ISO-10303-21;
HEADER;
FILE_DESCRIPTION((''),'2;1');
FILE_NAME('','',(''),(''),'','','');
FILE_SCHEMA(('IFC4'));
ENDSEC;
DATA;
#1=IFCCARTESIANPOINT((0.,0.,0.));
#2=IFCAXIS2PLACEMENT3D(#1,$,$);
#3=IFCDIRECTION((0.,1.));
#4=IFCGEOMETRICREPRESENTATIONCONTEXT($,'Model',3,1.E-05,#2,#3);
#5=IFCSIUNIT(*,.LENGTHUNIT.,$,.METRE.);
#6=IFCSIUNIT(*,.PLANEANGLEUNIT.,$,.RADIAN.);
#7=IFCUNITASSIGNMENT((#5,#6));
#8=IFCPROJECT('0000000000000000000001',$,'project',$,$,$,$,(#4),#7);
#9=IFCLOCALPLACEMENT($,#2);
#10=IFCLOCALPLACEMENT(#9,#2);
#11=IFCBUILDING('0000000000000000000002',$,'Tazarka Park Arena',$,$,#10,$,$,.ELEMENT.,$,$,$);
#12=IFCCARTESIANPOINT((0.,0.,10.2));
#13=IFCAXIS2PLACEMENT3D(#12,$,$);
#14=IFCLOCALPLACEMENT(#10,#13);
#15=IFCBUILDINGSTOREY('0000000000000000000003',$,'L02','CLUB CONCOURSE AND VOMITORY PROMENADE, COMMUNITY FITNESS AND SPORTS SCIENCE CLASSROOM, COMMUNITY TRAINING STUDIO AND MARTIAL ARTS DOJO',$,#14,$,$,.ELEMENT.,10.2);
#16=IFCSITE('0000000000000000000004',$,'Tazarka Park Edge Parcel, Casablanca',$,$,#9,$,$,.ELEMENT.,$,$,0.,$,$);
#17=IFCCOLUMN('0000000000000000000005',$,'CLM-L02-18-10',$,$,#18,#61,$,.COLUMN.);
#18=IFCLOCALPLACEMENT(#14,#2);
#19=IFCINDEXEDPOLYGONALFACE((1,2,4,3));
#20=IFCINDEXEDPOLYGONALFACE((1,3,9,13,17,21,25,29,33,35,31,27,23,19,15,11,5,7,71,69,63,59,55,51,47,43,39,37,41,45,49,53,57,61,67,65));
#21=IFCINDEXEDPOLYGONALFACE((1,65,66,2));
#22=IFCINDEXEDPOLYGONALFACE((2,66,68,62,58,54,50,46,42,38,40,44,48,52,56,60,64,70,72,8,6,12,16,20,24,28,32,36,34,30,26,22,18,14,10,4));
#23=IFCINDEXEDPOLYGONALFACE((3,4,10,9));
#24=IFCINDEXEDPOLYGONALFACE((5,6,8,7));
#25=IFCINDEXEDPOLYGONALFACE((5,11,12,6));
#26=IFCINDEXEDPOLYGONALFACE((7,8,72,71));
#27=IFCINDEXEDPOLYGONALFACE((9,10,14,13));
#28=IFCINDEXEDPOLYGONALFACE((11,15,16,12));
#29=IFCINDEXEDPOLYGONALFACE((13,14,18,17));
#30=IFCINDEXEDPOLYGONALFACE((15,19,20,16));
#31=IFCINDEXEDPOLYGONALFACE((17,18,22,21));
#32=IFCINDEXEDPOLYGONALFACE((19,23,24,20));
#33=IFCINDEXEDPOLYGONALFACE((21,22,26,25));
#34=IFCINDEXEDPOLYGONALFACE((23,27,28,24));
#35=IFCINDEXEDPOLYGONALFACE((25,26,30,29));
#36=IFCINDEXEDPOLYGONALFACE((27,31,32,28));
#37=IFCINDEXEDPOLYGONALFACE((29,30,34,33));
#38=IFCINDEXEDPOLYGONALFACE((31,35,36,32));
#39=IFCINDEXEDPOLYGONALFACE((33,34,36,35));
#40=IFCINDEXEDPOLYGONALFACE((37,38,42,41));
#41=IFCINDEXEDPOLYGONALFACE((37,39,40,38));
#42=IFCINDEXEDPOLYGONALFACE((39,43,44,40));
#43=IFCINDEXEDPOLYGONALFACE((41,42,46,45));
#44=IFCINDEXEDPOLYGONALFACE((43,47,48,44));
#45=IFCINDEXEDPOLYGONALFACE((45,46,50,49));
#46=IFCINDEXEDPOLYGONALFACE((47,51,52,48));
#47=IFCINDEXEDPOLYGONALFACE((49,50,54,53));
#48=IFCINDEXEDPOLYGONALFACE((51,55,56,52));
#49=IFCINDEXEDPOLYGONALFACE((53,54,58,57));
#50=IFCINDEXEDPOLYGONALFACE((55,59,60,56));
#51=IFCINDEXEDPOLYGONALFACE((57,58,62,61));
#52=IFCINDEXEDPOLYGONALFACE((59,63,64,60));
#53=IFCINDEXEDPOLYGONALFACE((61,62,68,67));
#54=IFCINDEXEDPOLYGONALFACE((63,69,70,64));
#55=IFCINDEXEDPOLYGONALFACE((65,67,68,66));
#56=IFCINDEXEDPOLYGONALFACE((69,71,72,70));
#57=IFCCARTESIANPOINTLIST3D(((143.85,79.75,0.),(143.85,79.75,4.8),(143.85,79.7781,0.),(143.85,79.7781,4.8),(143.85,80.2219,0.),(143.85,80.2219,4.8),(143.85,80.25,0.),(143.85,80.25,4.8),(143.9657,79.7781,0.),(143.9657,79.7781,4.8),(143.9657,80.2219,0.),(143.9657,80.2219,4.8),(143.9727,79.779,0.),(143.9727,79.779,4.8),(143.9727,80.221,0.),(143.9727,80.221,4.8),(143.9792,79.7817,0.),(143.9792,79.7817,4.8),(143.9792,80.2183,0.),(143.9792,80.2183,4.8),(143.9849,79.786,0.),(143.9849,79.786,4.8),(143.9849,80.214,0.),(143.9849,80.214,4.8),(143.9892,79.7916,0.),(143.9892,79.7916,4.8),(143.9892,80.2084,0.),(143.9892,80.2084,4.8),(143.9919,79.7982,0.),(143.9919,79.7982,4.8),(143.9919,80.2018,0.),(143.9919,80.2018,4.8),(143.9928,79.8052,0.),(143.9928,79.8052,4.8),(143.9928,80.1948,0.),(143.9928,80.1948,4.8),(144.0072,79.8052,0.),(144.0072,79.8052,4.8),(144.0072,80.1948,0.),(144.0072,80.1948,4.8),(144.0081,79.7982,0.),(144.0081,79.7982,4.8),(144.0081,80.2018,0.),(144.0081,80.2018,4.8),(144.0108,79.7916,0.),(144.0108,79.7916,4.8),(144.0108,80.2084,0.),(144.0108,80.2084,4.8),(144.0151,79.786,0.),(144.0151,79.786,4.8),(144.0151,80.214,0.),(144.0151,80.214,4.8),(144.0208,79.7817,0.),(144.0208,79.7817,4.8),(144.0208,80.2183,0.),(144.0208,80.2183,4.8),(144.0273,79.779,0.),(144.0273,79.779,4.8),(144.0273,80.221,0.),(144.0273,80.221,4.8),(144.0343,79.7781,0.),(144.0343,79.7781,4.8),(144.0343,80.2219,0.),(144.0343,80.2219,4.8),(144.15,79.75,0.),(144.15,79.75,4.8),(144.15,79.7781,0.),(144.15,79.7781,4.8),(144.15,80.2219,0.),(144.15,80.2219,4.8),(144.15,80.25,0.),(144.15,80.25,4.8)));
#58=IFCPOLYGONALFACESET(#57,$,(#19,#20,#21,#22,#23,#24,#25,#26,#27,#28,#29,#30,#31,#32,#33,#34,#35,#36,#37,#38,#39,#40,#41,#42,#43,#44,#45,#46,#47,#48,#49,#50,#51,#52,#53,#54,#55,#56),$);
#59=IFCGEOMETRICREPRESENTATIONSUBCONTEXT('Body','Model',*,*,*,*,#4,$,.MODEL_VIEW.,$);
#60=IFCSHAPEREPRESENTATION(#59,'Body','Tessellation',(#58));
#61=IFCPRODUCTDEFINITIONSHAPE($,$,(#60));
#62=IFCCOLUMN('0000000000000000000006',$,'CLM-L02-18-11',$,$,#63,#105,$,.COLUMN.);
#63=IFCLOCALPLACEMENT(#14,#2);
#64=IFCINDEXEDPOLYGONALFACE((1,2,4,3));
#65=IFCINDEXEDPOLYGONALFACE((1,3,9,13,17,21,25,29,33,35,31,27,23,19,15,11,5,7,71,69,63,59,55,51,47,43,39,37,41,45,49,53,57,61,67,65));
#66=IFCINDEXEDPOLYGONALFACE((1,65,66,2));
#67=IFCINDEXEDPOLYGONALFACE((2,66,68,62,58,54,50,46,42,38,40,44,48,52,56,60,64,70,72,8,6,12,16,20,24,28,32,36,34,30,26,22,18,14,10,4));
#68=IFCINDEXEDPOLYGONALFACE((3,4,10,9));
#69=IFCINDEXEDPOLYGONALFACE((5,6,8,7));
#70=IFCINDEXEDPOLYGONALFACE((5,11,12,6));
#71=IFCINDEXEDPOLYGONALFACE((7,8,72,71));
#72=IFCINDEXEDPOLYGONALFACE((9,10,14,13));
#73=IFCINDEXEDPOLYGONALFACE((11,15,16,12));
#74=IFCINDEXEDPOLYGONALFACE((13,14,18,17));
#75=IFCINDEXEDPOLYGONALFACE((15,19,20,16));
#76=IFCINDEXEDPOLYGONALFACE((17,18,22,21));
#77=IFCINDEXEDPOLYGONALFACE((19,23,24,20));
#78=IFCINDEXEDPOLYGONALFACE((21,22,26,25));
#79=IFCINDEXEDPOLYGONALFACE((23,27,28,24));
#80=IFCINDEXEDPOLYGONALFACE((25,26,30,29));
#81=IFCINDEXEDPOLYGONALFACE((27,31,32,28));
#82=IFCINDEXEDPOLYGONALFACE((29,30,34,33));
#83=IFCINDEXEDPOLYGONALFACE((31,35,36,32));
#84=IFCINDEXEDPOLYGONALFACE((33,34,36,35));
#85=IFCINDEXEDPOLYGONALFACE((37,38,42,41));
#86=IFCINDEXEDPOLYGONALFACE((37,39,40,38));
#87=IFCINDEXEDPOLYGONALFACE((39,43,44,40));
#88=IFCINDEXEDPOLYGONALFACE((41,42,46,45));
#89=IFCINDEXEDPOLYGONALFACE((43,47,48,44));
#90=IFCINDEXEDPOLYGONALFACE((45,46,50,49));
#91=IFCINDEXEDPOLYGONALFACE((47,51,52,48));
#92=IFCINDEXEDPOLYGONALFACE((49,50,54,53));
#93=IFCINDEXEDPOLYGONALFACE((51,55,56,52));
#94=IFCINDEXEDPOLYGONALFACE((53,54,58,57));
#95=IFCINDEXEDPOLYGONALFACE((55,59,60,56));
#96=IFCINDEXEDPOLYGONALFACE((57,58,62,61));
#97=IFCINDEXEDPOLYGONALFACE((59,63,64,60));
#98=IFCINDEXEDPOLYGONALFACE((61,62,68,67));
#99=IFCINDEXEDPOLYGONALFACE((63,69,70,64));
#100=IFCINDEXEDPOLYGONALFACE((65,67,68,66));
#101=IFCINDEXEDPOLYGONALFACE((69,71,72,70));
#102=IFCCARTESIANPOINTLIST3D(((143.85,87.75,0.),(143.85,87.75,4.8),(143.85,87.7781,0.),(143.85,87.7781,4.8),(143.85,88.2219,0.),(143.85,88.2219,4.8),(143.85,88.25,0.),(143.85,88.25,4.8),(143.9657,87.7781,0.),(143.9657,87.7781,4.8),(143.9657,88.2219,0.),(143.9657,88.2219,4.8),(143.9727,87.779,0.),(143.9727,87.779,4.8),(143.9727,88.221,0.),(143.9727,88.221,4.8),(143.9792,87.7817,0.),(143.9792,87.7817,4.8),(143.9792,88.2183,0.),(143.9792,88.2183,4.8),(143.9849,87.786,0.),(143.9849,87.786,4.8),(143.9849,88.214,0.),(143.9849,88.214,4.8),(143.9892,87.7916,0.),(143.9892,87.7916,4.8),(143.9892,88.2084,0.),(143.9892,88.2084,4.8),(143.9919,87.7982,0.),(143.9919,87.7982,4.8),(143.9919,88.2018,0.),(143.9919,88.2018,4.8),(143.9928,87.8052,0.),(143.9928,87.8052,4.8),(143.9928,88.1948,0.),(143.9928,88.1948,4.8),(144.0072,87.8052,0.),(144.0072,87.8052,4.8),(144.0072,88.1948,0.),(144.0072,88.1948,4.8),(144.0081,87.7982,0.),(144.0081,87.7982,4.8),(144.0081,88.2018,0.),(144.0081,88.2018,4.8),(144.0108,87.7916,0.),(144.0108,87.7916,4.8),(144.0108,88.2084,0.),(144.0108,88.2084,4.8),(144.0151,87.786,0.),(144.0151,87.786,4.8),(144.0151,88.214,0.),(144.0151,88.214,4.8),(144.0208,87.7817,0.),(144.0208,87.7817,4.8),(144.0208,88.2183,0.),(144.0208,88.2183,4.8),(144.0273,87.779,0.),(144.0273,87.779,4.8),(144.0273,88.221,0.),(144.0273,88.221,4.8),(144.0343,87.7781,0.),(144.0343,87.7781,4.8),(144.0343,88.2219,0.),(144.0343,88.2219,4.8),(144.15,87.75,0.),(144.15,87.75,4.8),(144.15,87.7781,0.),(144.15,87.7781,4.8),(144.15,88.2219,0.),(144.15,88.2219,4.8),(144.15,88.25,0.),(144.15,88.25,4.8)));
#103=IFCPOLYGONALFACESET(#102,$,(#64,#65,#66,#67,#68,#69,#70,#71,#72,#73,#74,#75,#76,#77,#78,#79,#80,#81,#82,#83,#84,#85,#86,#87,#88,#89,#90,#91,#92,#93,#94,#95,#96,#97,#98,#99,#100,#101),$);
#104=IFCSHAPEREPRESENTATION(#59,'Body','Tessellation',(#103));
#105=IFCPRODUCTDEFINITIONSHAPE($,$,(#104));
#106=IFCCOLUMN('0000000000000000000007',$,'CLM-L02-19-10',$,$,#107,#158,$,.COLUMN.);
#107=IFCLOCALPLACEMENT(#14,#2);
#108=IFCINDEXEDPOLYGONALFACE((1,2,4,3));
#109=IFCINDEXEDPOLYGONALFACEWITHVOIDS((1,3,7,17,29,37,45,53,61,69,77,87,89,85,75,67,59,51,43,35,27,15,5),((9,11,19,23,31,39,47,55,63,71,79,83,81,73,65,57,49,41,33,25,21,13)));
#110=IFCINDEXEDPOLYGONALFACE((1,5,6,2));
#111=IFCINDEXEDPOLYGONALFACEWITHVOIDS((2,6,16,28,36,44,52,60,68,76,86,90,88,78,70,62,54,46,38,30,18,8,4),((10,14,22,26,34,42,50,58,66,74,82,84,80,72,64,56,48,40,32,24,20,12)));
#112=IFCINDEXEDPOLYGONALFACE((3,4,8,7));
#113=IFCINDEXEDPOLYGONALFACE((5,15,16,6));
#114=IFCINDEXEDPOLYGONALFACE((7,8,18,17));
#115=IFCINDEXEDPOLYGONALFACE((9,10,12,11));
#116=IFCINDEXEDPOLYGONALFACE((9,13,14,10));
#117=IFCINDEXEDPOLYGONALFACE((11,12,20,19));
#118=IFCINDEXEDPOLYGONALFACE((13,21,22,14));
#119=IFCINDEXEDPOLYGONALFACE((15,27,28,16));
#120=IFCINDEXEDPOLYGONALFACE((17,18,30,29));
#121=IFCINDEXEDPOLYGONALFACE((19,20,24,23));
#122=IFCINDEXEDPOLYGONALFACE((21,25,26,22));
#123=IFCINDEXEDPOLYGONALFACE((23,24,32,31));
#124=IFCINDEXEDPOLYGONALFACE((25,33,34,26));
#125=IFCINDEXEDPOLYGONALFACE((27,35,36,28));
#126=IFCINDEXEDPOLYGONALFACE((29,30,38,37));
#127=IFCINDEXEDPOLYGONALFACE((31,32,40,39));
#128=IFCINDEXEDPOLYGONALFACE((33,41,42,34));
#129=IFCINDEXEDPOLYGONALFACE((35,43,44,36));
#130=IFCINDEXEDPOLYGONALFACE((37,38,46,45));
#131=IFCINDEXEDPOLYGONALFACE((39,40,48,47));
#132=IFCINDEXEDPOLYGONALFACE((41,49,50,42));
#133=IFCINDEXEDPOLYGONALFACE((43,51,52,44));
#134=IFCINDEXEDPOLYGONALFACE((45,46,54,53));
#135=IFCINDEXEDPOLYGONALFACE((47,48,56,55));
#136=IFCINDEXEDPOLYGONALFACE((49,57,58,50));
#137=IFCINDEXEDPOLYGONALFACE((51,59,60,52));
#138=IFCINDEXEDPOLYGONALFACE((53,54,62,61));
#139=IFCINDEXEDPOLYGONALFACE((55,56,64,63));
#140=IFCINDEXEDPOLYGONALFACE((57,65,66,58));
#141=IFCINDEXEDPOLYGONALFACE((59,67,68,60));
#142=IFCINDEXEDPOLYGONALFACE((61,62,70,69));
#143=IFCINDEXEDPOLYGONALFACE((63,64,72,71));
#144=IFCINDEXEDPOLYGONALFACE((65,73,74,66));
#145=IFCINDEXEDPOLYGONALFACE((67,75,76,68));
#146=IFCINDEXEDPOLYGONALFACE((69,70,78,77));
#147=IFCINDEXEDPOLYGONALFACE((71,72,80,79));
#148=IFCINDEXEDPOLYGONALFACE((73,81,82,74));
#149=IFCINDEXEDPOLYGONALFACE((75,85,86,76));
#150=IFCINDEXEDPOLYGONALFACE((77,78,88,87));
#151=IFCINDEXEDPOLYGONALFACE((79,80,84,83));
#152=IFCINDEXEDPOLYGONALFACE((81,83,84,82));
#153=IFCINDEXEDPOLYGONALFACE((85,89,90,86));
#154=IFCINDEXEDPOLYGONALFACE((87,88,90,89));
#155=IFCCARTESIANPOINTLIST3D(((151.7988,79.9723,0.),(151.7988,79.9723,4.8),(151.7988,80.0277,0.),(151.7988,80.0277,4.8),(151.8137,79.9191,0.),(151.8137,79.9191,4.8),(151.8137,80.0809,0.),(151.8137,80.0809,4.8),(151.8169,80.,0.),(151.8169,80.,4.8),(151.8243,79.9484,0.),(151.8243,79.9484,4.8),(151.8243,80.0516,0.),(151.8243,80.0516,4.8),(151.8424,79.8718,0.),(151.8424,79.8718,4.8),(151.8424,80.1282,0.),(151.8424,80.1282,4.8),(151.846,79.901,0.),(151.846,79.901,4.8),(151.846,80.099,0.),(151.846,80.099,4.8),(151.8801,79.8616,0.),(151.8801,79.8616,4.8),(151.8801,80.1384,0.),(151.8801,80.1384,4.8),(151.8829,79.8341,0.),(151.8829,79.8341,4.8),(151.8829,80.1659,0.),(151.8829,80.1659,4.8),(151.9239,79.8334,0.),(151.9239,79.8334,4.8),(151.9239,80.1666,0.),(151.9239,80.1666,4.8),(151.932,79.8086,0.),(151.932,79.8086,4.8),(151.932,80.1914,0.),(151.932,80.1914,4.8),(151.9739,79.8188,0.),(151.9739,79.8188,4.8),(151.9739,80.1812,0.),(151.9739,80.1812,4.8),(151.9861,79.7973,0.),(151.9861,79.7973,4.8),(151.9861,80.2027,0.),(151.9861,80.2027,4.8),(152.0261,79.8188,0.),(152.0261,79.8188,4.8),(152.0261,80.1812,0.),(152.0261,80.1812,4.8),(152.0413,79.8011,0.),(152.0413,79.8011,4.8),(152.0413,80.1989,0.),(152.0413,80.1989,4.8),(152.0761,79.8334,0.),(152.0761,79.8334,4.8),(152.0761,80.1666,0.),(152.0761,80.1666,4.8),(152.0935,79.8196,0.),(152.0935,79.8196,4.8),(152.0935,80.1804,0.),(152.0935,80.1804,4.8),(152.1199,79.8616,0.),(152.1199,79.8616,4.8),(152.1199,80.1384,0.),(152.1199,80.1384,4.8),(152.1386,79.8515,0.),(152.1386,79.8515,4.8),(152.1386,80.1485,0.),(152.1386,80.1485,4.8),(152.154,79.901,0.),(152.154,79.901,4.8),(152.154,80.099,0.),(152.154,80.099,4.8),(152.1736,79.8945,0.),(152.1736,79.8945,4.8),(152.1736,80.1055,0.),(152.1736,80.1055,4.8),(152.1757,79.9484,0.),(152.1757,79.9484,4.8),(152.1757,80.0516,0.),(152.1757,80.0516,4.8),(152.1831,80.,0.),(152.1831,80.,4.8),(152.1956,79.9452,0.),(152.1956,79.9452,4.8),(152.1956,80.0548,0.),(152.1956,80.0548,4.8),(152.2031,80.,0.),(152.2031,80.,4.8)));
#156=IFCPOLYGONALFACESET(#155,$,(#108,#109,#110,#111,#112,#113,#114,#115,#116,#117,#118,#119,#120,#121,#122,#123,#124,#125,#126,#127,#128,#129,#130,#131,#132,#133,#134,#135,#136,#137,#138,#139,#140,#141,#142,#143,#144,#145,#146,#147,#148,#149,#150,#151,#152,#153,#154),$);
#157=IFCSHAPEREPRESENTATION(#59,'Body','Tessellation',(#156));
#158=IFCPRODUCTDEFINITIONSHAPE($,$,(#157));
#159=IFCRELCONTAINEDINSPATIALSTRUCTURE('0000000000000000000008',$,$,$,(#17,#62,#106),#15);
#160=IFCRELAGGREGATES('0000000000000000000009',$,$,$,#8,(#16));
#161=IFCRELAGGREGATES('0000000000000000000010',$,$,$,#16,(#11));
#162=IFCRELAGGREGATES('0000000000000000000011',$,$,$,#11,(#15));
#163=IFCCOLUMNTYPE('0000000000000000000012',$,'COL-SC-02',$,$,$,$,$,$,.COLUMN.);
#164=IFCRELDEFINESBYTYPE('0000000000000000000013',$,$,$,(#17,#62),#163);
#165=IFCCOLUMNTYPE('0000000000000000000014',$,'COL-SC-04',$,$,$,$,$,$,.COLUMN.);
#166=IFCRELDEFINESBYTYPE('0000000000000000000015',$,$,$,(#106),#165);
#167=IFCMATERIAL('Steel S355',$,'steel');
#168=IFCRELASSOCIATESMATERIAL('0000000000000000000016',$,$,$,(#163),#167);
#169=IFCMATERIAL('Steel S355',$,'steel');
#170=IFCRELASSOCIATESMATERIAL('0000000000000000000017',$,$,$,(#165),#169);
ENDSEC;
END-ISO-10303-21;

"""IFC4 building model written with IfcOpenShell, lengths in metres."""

from ifc_helpers import new_model, si_unit, direction, frame, origin, origin_2d, place, context, subcontext, project, spatial, hollow_circle, i_section, extrude, material, material_profile, profile_set, type_object, element, save


model = new_model("IFC4")

# Units and contexts
model_context = context("Model", 3, precision=1e-05, world=origin(), true_north=direction((0.0, 1.0)))
body_context = subcontext(model_context, "Body", "Model", "MODEL_VIEW")
ifc_project = project(units=[si_unit("LENGTHUNIT", "METRE"), si_unit("PLANEANGLEUNIT", "RADIAN")], contexts=[model_context])

# Site, building, storey
site_placement = place(None, origin())
site = spatial("IfcSite", under=ifc_project, at=site_placement, Name="Tazarka Park Edge Parcel, Casablanca", CompositionType="ELEMENT", RefElevation=0.0)
building_placement = place(site_placement, origin())
building = spatial("IfcBuilding", under=site, at=building_placement, Name="Tazarka Park Arena", CompositionType="ELEMENT")
storey_placement = place(building_placement, frame((0.0, 0.0, 10.2)))
storey = spatial("IfcBuildingStorey", under=building, at=storey_placement, Name="L02", Description="CLUB CONCOURSE AND VOMITORY PROMENADE, COMMUNITY FITNESS AND SPORTS SCIENCE CLASSROOM, COMMUNITY TRAINING STUDIO AND MARTIAL ARTS DOJO", CompositionType="ELEMENT", Elevation=10.2)

# Columns
ifc_material_1 = material(Name="Steel S355", Category="steel")
ifc_material_profile_1 = material_profile(ifc_material_1, i_section(OverallWidth=0.3, OverallDepth=0.5, WebThickness=0.0144, FlangeThickness=0.0281, FilletRadius=0.0271, at=origin_2d()), Name="Steel S355")
ifc_profile_set_1 = profile_set([ifc_material_profile_1], Name="Steel S355")
column_type_1 = type_object("IfcColumnType", Name="COL-SC-02", PredefinedType="COLUMN", material=ifc_profile_set_1)
for number, where, z_axis, x_axis, name in (
    (1, (144.0, 80.0, 0.0), (0.0, 0.0, 1.0), (1.0, 0.0, 0.0), "CLM-L02-18-10"),
    (2, (144.0, 88.0, 0.0), (0.0, 0.0, 1.0), (1.0, 0.0, 0.0), "CLM-L02-18-11"),
):
    element("IfcColumn", number, at=place(storey_placement, frame(where, z_axis=z_axis, x_axis=x_axis)), inside=storey, type_object=column_type_1, Name=name, PredefinedType="COLUMN", context=body_context, shape_type="SweptSolid", body=[
        extrude(i_section(OverallWidth=0.3, OverallDepth=0.5, WebThickness=0.0144, FlangeThickness=0.0281, FilletRadius=0.0271, at=origin_2d()), origin(), (0.0, 0.0, 1.0), 4.8),
    ])
ifc_material_2 = material(Name="Steel S355", Category="steel")
ifc_material_profile_2 = material_profile(ifc_material_2, hollow_circle(Radius=0.2031, WallThickness=0.02, at=origin_2d()), Name="Steel S355")
ifc_profile_set_2 = profile_set([ifc_material_profile_2], Name="Steel S355")
column_type_2 = type_object("IfcColumnType", Name="COL-SC-04", PredefinedType="COLUMN", material=ifc_profile_set_2)
column_placement = place(storey_placement, frame((152.0, 80.0, 0.0), z_axis=(0.0, 0.0, 1.0), x_axis=(1.0, 0.0, 0.0)))
element("IfcColumn", 3, at=column_placement, inside=storey, type_object=column_type_2, Name="CLM-L02-19-10", PredefinedType="COLUMN", context=body_context, shape_type="SweptSolid", body=[
    extrude(hollow_circle(Radius=0.2031, WallThickness=0.02, at=origin_2d()), origin(), (0.0, 0.0, 1.0), 4.8),
])

save(model, "model.ifc")
